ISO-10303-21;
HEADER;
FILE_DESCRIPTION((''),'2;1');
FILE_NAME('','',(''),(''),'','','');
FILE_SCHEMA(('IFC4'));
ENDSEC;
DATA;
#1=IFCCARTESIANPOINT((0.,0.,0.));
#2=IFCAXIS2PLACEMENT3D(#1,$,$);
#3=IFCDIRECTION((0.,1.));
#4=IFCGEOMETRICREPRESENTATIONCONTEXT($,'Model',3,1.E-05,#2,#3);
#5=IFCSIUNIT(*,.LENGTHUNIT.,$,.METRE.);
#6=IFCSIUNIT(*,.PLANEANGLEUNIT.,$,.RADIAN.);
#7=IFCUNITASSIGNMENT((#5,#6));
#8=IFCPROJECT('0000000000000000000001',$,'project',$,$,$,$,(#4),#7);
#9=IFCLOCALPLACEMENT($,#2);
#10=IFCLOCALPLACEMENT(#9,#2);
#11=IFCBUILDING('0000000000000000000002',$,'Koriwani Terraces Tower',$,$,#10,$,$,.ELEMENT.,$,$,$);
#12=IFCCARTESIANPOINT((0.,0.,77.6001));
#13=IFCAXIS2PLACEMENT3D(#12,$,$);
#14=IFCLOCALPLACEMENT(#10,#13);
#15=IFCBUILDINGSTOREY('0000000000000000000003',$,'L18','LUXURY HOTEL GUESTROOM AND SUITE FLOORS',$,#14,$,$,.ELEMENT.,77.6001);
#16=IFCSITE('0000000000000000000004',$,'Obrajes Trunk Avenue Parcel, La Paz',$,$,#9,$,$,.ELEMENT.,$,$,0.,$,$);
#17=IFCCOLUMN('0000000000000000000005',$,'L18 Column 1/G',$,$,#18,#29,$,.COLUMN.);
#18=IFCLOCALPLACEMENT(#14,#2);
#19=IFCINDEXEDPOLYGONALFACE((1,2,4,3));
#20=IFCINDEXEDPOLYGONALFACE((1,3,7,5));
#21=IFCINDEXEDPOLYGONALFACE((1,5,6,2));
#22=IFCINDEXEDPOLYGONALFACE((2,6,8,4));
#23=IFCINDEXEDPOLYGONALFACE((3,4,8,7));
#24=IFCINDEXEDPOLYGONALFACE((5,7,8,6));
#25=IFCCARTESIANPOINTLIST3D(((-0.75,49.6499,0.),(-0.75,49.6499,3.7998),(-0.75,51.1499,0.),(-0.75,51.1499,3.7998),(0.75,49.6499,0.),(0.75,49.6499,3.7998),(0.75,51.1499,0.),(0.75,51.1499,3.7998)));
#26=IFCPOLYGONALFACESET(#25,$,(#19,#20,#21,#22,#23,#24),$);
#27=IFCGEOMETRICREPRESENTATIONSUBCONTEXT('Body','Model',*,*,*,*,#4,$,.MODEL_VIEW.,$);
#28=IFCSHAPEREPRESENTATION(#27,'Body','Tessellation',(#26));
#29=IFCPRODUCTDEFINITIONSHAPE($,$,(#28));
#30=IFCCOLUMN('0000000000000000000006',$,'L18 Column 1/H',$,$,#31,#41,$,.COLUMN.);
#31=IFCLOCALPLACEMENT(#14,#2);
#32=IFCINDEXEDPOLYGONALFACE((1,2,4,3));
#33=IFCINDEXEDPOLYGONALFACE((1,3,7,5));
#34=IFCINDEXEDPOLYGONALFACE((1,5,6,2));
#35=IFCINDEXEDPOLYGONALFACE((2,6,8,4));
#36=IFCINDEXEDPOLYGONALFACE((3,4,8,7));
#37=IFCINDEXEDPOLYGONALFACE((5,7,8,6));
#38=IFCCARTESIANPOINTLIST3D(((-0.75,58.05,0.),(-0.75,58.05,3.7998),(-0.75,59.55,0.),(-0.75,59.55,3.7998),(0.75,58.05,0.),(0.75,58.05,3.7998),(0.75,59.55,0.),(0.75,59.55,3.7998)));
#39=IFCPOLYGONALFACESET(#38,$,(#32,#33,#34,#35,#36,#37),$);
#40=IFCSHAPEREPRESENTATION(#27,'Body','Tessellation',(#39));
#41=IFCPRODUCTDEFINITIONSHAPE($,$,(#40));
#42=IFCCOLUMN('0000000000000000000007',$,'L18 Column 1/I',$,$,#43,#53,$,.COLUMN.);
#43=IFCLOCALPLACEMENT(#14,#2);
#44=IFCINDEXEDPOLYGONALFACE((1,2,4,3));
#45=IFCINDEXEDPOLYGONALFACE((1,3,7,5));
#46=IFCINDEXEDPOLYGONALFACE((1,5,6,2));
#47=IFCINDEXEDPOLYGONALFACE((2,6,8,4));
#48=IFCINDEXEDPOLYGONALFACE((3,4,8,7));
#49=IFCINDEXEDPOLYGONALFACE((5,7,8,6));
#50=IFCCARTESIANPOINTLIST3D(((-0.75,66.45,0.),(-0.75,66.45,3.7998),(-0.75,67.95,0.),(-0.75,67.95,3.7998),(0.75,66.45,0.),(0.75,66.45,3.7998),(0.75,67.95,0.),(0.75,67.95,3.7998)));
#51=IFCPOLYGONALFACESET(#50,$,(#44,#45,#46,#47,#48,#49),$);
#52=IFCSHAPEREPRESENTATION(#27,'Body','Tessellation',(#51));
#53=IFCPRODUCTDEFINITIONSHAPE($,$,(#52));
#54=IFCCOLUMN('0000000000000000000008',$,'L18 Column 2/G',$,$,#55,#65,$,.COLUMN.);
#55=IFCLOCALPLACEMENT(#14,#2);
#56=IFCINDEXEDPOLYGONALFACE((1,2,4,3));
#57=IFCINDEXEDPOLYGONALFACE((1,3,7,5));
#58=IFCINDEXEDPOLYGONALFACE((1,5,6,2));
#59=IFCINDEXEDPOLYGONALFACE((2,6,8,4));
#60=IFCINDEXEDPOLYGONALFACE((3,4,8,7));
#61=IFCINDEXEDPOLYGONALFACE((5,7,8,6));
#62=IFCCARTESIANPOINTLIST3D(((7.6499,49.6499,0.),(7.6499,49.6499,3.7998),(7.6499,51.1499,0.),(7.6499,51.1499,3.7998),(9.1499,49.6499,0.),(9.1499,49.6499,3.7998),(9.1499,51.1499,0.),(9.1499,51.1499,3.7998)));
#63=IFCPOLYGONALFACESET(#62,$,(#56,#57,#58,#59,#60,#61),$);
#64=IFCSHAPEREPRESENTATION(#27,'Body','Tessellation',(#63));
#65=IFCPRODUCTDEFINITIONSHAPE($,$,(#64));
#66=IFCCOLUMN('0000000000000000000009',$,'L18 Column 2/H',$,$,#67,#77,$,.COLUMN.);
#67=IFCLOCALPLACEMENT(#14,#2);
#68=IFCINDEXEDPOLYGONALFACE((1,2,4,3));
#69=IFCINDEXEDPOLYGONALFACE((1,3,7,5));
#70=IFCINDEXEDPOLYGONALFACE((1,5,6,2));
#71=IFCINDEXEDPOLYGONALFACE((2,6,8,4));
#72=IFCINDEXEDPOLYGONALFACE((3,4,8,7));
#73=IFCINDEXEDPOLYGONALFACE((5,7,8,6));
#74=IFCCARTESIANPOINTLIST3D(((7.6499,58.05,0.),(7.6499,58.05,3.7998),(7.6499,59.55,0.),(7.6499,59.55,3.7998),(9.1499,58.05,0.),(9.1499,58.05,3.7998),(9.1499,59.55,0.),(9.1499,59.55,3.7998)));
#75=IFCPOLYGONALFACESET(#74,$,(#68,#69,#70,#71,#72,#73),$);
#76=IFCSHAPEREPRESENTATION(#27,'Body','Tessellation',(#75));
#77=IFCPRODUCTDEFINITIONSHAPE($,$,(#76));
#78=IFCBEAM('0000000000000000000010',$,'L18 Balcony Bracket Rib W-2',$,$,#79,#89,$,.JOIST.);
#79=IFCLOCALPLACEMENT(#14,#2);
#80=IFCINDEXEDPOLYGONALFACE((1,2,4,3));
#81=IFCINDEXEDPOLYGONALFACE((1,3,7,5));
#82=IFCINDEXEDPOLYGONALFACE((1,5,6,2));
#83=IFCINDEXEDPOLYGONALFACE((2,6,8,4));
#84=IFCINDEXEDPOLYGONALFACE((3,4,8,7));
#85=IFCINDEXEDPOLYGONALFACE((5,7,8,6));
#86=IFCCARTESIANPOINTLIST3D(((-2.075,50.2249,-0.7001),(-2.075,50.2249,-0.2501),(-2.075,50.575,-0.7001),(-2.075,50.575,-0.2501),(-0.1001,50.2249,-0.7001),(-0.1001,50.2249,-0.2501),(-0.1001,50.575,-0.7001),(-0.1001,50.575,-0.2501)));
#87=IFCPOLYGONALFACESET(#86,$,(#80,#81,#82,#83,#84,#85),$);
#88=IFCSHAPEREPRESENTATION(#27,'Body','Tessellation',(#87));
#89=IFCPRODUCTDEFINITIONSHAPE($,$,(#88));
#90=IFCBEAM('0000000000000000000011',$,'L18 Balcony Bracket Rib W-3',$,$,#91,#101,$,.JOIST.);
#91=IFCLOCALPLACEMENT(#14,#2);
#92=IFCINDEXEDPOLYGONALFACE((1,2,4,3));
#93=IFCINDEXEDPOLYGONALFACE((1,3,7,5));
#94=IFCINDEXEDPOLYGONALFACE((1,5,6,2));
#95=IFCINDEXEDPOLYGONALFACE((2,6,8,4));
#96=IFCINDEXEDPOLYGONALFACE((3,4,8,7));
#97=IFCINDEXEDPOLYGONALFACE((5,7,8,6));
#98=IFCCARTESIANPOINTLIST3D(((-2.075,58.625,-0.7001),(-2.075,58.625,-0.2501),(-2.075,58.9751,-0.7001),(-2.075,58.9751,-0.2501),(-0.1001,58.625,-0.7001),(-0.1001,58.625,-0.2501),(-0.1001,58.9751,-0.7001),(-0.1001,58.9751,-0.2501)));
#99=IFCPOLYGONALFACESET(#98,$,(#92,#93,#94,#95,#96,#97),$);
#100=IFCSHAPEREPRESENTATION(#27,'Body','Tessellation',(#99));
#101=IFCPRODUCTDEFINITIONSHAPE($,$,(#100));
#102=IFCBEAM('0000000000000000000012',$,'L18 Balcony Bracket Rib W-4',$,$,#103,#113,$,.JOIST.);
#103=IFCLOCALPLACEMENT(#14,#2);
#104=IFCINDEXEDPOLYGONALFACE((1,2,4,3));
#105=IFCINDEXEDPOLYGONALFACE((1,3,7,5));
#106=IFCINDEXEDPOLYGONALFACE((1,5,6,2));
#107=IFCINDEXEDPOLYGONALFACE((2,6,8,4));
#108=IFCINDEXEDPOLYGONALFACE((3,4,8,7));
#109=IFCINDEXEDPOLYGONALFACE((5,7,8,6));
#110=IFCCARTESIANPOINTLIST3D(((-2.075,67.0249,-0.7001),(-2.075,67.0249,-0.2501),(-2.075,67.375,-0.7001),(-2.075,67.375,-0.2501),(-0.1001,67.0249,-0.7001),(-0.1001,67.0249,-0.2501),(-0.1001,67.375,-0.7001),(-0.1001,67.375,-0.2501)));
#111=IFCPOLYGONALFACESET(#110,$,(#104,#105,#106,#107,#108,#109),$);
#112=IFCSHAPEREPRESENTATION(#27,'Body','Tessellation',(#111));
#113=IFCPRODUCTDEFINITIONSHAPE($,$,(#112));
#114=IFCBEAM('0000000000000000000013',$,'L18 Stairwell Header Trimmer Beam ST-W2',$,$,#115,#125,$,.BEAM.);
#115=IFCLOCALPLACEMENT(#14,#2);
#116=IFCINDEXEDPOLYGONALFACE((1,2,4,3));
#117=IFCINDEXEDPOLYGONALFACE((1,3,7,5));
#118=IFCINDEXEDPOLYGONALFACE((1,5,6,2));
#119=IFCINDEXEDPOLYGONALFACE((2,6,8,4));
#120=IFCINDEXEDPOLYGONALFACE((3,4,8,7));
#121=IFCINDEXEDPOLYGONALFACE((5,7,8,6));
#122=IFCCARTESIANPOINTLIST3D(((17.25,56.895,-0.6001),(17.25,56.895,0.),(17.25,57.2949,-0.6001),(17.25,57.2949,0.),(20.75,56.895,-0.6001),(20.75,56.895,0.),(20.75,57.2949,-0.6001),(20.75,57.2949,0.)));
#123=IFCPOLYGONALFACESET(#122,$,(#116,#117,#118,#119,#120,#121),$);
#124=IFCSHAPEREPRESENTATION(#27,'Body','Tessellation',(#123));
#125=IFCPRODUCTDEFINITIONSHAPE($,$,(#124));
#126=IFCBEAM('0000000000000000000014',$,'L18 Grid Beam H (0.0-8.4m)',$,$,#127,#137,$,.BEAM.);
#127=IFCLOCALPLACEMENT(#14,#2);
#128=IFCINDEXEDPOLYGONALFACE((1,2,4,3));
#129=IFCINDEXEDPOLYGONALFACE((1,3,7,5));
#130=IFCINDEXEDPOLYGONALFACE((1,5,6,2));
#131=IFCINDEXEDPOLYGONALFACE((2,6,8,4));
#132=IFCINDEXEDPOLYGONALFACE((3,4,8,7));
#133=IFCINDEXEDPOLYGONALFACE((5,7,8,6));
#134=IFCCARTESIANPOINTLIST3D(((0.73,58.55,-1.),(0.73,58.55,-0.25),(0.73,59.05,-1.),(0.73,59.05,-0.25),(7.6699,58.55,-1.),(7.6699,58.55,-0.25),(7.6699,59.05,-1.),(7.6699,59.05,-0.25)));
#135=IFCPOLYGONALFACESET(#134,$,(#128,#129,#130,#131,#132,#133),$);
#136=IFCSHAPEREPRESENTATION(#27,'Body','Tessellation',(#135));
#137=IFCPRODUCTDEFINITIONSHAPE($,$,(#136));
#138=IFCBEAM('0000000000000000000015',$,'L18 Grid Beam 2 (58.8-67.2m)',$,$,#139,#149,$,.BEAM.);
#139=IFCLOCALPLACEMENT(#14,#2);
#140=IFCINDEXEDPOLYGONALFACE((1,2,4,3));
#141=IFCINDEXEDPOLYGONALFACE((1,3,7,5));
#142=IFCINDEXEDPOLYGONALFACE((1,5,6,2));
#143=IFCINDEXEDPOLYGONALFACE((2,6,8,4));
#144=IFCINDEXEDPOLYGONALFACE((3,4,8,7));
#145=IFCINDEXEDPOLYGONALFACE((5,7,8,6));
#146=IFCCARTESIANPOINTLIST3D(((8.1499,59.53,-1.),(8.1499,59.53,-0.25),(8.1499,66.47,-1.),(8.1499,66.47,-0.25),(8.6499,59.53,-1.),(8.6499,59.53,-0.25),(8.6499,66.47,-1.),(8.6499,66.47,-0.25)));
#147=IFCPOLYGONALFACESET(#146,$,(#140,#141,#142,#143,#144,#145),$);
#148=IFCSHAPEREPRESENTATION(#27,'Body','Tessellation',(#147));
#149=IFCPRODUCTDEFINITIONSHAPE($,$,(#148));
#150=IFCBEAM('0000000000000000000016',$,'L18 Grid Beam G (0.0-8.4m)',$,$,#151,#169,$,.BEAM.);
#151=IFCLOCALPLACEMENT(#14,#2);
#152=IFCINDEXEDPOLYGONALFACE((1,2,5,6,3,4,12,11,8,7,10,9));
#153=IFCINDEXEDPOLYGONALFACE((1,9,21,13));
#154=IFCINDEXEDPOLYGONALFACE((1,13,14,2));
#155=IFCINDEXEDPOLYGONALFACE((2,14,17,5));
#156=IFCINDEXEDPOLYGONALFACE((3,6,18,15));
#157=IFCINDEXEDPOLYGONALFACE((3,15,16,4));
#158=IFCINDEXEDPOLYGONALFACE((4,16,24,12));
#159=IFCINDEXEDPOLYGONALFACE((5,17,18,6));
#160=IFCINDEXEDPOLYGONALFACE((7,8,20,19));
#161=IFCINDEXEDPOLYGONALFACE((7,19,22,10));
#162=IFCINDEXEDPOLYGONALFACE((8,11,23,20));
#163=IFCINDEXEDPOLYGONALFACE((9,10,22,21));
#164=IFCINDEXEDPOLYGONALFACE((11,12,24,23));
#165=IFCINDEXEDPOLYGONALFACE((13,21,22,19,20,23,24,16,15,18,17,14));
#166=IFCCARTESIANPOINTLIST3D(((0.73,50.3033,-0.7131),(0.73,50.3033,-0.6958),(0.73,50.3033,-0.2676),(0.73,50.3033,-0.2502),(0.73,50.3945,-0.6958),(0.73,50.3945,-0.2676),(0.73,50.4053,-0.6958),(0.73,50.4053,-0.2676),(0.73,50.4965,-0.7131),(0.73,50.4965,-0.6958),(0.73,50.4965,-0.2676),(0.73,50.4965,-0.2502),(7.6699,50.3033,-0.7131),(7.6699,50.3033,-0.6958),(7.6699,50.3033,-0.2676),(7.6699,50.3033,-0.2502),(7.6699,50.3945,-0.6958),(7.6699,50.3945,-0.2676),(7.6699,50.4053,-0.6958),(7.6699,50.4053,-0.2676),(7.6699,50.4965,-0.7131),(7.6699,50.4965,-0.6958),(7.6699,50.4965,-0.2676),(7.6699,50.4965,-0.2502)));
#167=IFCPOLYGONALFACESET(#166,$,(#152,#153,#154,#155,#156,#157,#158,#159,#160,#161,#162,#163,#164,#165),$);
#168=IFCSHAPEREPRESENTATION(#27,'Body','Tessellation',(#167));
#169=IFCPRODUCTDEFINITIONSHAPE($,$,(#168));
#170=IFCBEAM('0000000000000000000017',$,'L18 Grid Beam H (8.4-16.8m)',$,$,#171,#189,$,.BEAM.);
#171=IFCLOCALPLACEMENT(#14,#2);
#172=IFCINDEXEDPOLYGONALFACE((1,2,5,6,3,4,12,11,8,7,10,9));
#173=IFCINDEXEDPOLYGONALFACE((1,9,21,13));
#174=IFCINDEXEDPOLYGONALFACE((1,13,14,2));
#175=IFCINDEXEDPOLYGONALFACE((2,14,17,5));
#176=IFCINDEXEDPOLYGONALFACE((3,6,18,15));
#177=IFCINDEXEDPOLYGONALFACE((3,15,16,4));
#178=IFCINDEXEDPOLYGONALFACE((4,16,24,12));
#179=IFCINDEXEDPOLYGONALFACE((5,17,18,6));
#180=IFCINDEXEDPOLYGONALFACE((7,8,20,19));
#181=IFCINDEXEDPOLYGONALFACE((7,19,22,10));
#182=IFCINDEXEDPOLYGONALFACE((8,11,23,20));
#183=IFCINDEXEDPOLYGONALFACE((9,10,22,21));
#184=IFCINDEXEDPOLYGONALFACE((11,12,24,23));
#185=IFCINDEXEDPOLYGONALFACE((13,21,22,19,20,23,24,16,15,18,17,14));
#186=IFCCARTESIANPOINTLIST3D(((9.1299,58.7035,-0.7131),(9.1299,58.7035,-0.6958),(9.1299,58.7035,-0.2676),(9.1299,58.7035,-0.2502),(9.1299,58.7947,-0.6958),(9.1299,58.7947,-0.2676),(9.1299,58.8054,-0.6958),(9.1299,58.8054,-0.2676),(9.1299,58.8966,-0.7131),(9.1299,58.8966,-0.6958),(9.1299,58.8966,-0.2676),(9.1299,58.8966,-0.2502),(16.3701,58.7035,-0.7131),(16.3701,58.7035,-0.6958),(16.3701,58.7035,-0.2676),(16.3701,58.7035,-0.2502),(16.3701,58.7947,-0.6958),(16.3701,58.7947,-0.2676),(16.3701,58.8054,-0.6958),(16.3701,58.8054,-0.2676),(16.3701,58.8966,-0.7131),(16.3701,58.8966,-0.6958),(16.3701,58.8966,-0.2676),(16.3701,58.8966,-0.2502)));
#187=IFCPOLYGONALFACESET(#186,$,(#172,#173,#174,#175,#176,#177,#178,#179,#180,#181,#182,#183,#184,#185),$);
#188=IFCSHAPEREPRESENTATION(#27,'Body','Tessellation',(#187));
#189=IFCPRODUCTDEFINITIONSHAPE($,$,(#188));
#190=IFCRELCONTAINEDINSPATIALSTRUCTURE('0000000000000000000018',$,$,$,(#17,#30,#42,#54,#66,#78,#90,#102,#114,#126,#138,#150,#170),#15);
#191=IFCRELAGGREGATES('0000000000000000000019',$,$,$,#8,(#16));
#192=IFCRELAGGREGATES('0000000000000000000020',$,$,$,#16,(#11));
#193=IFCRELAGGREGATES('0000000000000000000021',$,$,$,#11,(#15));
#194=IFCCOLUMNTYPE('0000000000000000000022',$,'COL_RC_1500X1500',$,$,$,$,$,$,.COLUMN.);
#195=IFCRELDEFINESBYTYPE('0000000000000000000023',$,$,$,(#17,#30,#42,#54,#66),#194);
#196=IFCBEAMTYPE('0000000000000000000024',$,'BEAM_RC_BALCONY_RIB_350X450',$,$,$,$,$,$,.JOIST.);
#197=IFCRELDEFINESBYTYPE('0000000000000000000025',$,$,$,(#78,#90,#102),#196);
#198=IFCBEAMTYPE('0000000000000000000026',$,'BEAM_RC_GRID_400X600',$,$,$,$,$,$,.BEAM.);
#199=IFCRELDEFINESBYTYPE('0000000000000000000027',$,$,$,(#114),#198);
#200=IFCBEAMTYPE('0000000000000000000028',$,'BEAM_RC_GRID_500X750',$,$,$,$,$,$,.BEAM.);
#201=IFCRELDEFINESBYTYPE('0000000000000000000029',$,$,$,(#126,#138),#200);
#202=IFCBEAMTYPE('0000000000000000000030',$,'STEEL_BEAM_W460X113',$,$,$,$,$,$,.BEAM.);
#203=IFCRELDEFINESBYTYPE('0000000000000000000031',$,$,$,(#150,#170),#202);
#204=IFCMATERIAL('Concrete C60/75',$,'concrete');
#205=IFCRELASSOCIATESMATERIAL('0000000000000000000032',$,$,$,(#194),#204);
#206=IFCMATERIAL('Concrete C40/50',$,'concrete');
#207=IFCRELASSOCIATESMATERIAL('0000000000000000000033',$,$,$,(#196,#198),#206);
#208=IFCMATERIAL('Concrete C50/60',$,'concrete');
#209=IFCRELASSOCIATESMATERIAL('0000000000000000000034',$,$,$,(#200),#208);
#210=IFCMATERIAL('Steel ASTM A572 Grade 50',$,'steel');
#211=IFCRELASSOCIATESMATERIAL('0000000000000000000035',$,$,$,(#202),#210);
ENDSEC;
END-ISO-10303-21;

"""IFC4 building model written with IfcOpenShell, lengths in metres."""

from ifc_helpers import new_model, si_unit, direction, frame, origin, origin_2d, place, context, subcontext, project, spatial, rectangle, i_section, extrude, material, material_profile, profile_set, type_object, element, save


model = new_model("IFC4")

# Units and contexts
model_context = context("Model", 3, precision=1e-05, world=origin(), true_north=direction((0.0, 1.0)))
body_context = subcontext(model_context, "Body", "Model", "MODEL_VIEW")
ifc_project = project(units=[si_unit("LENGTHUNIT", "METRE"), si_unit("PLANEANGLEUNIT", "RADIAN")], contexts=[model_context])

# Site, building, storey
site_placement = place(None, origin())
site = spatial("IfcSite", under=ifc_project, at=site_placement, Name="Obrajes Trunk Avenue Parcel, La Paz", CompositionType="ELEMENT", RefElevation=0.0)
building_placement = place(site_placement, origin())
building = spatial("IfcBuilding", under=site, at=building_placement, Name="Koriwani Terraces Tower", CompositionType="ELEMENT")
storey_placement = place(building_placement, frame((0.0, 0.0, 77.6001)))
storey = spatial("IfcBuildingStorey", under=building, at=storey_placement, Name="L18", Description="LUXURY HOTEL GUESTROOM AND SUITE FLOORS", CompositionType="ELEMENT", Elevation=77.6001)

# Columns
ifc_material_1 = material(Name="Concrete C60/75", Category="concrete")
ifc_material_profile_1 = material_profile(ifc_material_1, rectangle(XDim=1.5, YDim=1.5, at=origin_2d()), Name="Concrete C60/75", Category="LoadBearing")
ifc_profile_set_1 = profile_set([ifc_material_profile_1], Name="Concrete C60/75")
column_type = type_object("IfcColumnType", Name="COL_RC_1500X1500", PredefinedType="COLUMN", material=ifc_profile_set_1)
for number, where, z_axis, x_axis, name in (
    (1, (0.0, 50.3999, 0.0), (0.0, 0.0, 1.0), (1.0, 0.0, 0.0), "L18 Column 1/G"),
    (2, (0.0, 58.8, 0.0), (0.0, 0.0, 1.0), (1.0, 0.0, 0.0), "L18 Column 1/H"),
    (3, (0.0, 67.2, 0.0), (0.0, 0.0, 1.0), (1.0, 0.0, 0.0), "L18 Column 1/I"),
    (4, (8.3999, 50.3999, 0.0), (0.0, 0.0, 1.0), (1.0, 0.0, 0.0), "L18 Column 2/G"),
    (5, (8.3999, 58.8, 0.0), (0.0, 0.0, 1.0), (1.0, 0.0, 0.0), "L18 Column 2/H"),
):
    element("IfcColumn", number, at=place(storey_placement, frame(where, z_axis=z_axis, x_axis=x_axis)), inside=storey, type_object=column_type, Name=name, PredefinedType="COLUMN", context=body_context, shape_type="SweptSolid", body=[
        extrude(rectangle(XDim=1.5, YDim=1.5, at=origin_2d()), origin(), (0.0, 0.0, 1.0), 3.7998),
    ])

# Beams
ifc_material_2 = material(Name="Concrete C40/50", Category="concrete")
ifc_material_profile_2 = material_profile(ifc_material_2, rectangle(XDim=0.3501, YDim=0.45, at=origin_2d()), Name="Concrete C40/50", Category="LoadBearing")
ifc_profile_set_2 = profile_set([ifc_material_profile_2], Name="Concrete C40/50")
beam_type_1 = type_object("IfcBeamType", Name="BEAM_RC_BALCONY_RIB_350X450", PredefinedType="JOIST", material=ifc_profile_set_2)
for number, where, z_axis, x_axis, name in (
    (6, (-2.075, 50.3999, -0.4751), (1.0, 0.0, 0.0), (0.0, 1.0, 0.0), "L18 Balcony Bracket Rib W-2"),
    (7, (-2.075, 58.8, -0.4751), (1.0, 0.0, 0.0), (0.0, 1.0, 0.0), "L18 Balcony Bracket Rib W-3"),
    (8, (-2.075, 67.2, -0.4751), (1.0, 0.0, 0.0), (0.0, 1.0, 0.0), "L18 Balcony Bracket Rib W-4"),
):
    element("IfcBeam", number, at=place(storey_placement, frame(where, z_axis=z_axis, x_axis=x_axis)), inside=storey, type_object=beam_type_1, Name=name, PredefinedType="JOIST", context=body_context, shape_type="SweptSolid", body=[
        extrude(rectangle(XDim=0.3501, YDim=0.45, at=origin_2d()), origin(), (0.0, 0.0, 1.0), 1.9749),
    ])
ifc_material_profile_3 = material_profile(ifc_material_2, rectangle(XDim=0.3999, YDim=0.6001, at=origin_2d()), Name="Concrete C40/50", Category="LoadBearing")
ifc_profile_set_3 = profile_set([ifc_material_profile_3], Name="Concrete C40/50")
beam_type_2 = type_object("IfcBeamType", Name="BEAM_RC_GRID_400X600", PredefinedType="BEAM", material=ifc_profile_set_3)
beam_1_placement = place(storey_placement, frame((17.25, 57.095, -0.3), z_axis=(1.0, 0.0, 0.0), x_axis=(0.0, 1.0, 0.0)))
element("IfcBeam", 9, at=beam_1_placement, inside=storey, type_object=beam_type_2, Name="L18 Stairwell Header Trimmer Beam ST-W2", PredefinedType="BEAM", context=body_context, shape_type="SweptSolid", body=[
    extrude(rectangle(XDim=0.3999, YDim=0.6001, at=origin_2d()), origin(), (0.0, 0.0, 1.0), 3.5),
])
ifc_material_3 = material(Name="Concrete C50/60", Category="concrete")
ifc_material_profile_4 = material_profile(ifc_material_3, rectangle(XDim=0.5, YDim=0.75, at=origin_2d()), Name="Concrete C50/60", Category="LoadBearing")
ifc_profile_set_4 = profile_set([ifc_material_profile_4], Name="Concrete C50/60")
beam_type_3 = type_object("IfcBeamType", Name="BEAM_RC_GRID_500X750", PredefinedType="BEAM", material=ifc_profile_set_4)
for number, where, z_axis, x_axis, name in (
    (10, (0.73, 58.8, -0.625), (1.0, 0.0, 0.0), (0.0, 1.0, 0.0), "L18 Grid Beam H (0.0-8.4m)"),
    (11, (8.3999, 59.53, -0.625), (0.0, 1.0, 0.0), (-1.0, 0.0, 0.0), "L18 Grid Beam 2 (58.8-67.2m)"),
):
    element("IfcBeam", number, at=place(storey_placement, frame(where, z_axis=z_axis, x_axis=x_axis)), inside=storey, type_object=beam_type_3, Name=name, PredefinedType="BEAM", context=body_context, shape_type="SweptSolid", body=[
        extrude(rectangle(XDim=0.5, YDim=0.75, at=origin_2d()), origin(), (0.0, 0.0, 1.0), 6.9399),
    ])
ifc_material_4 = material(Name="Steel ASTM A572 Grade 50", Category="steel")
ifc_material_profile_5 = material_profile(ifc_material_4, i_section(OverallWidth=0.1931, OverallDepth=0.4629, WebThickness=0.0107, FlangeThickness=0.0173, at=origin_2d()), Name="Steel ASTM A572 Grade 50", Category="LoadBearing")
ifc_profile_set_5 = profile_set([ifc_material_profile_5], Name="Steel ASTM A572 Grade 50")
beam_type_4 = type_object("IfcBeamType", Name="STEEL_BEAM_W460X113", PredefinedType="BEAM", material=ifc_profile_set_5)
beam_2_placement = place(storey_placement, frame((0.73, 50.3999, -0.4817), z_axis=(1.0, 0.0, 0.0), x_axis=(0.0, 1.0, 0.0)))
element("IfcBeam", 12, at=beam_2_placement, inside=storey, type_object=beam_type_4, Name="L18 Grid Beam G (0.0-8.4m)", PredefinedType="BEAM", context=body_context, shape_type="SweptSolid", body=[
    extrude(i_section(OverallWidth=0.1931, OverallDepth=0.4629, WebThickness=0.0107, FlangeThickness=0.0173, at=origin_2d()), origin(), (0.0, 0.0, 1.0), 6.9399),
])
beam_3_placement = place(storey_placement, frame((9.1299, 58.8, -0.4817), z_axis=(1.0, 0.0, 0.0), x_axis=(0.0, 1.0, 0.0)))
element("IfcBeam", 13, at=beam_3_placement, inside=storey, type_object=beam_type_4, Name="L18 Grid Beam H (8.4-16.8m)", PredefinedType="BEAM", context=body_context, shape_type="SweptSolid", body=[
    extrude(i_section(OverallWidth=0.1931, OverallDepth=0.4629, WebThickness=0.0107, FlangeThickness=0.0173, at=origin_2d()), origin(), (0.0, 0.0, 1.0), 7.2402),
])

save(model, "model.ifc")
